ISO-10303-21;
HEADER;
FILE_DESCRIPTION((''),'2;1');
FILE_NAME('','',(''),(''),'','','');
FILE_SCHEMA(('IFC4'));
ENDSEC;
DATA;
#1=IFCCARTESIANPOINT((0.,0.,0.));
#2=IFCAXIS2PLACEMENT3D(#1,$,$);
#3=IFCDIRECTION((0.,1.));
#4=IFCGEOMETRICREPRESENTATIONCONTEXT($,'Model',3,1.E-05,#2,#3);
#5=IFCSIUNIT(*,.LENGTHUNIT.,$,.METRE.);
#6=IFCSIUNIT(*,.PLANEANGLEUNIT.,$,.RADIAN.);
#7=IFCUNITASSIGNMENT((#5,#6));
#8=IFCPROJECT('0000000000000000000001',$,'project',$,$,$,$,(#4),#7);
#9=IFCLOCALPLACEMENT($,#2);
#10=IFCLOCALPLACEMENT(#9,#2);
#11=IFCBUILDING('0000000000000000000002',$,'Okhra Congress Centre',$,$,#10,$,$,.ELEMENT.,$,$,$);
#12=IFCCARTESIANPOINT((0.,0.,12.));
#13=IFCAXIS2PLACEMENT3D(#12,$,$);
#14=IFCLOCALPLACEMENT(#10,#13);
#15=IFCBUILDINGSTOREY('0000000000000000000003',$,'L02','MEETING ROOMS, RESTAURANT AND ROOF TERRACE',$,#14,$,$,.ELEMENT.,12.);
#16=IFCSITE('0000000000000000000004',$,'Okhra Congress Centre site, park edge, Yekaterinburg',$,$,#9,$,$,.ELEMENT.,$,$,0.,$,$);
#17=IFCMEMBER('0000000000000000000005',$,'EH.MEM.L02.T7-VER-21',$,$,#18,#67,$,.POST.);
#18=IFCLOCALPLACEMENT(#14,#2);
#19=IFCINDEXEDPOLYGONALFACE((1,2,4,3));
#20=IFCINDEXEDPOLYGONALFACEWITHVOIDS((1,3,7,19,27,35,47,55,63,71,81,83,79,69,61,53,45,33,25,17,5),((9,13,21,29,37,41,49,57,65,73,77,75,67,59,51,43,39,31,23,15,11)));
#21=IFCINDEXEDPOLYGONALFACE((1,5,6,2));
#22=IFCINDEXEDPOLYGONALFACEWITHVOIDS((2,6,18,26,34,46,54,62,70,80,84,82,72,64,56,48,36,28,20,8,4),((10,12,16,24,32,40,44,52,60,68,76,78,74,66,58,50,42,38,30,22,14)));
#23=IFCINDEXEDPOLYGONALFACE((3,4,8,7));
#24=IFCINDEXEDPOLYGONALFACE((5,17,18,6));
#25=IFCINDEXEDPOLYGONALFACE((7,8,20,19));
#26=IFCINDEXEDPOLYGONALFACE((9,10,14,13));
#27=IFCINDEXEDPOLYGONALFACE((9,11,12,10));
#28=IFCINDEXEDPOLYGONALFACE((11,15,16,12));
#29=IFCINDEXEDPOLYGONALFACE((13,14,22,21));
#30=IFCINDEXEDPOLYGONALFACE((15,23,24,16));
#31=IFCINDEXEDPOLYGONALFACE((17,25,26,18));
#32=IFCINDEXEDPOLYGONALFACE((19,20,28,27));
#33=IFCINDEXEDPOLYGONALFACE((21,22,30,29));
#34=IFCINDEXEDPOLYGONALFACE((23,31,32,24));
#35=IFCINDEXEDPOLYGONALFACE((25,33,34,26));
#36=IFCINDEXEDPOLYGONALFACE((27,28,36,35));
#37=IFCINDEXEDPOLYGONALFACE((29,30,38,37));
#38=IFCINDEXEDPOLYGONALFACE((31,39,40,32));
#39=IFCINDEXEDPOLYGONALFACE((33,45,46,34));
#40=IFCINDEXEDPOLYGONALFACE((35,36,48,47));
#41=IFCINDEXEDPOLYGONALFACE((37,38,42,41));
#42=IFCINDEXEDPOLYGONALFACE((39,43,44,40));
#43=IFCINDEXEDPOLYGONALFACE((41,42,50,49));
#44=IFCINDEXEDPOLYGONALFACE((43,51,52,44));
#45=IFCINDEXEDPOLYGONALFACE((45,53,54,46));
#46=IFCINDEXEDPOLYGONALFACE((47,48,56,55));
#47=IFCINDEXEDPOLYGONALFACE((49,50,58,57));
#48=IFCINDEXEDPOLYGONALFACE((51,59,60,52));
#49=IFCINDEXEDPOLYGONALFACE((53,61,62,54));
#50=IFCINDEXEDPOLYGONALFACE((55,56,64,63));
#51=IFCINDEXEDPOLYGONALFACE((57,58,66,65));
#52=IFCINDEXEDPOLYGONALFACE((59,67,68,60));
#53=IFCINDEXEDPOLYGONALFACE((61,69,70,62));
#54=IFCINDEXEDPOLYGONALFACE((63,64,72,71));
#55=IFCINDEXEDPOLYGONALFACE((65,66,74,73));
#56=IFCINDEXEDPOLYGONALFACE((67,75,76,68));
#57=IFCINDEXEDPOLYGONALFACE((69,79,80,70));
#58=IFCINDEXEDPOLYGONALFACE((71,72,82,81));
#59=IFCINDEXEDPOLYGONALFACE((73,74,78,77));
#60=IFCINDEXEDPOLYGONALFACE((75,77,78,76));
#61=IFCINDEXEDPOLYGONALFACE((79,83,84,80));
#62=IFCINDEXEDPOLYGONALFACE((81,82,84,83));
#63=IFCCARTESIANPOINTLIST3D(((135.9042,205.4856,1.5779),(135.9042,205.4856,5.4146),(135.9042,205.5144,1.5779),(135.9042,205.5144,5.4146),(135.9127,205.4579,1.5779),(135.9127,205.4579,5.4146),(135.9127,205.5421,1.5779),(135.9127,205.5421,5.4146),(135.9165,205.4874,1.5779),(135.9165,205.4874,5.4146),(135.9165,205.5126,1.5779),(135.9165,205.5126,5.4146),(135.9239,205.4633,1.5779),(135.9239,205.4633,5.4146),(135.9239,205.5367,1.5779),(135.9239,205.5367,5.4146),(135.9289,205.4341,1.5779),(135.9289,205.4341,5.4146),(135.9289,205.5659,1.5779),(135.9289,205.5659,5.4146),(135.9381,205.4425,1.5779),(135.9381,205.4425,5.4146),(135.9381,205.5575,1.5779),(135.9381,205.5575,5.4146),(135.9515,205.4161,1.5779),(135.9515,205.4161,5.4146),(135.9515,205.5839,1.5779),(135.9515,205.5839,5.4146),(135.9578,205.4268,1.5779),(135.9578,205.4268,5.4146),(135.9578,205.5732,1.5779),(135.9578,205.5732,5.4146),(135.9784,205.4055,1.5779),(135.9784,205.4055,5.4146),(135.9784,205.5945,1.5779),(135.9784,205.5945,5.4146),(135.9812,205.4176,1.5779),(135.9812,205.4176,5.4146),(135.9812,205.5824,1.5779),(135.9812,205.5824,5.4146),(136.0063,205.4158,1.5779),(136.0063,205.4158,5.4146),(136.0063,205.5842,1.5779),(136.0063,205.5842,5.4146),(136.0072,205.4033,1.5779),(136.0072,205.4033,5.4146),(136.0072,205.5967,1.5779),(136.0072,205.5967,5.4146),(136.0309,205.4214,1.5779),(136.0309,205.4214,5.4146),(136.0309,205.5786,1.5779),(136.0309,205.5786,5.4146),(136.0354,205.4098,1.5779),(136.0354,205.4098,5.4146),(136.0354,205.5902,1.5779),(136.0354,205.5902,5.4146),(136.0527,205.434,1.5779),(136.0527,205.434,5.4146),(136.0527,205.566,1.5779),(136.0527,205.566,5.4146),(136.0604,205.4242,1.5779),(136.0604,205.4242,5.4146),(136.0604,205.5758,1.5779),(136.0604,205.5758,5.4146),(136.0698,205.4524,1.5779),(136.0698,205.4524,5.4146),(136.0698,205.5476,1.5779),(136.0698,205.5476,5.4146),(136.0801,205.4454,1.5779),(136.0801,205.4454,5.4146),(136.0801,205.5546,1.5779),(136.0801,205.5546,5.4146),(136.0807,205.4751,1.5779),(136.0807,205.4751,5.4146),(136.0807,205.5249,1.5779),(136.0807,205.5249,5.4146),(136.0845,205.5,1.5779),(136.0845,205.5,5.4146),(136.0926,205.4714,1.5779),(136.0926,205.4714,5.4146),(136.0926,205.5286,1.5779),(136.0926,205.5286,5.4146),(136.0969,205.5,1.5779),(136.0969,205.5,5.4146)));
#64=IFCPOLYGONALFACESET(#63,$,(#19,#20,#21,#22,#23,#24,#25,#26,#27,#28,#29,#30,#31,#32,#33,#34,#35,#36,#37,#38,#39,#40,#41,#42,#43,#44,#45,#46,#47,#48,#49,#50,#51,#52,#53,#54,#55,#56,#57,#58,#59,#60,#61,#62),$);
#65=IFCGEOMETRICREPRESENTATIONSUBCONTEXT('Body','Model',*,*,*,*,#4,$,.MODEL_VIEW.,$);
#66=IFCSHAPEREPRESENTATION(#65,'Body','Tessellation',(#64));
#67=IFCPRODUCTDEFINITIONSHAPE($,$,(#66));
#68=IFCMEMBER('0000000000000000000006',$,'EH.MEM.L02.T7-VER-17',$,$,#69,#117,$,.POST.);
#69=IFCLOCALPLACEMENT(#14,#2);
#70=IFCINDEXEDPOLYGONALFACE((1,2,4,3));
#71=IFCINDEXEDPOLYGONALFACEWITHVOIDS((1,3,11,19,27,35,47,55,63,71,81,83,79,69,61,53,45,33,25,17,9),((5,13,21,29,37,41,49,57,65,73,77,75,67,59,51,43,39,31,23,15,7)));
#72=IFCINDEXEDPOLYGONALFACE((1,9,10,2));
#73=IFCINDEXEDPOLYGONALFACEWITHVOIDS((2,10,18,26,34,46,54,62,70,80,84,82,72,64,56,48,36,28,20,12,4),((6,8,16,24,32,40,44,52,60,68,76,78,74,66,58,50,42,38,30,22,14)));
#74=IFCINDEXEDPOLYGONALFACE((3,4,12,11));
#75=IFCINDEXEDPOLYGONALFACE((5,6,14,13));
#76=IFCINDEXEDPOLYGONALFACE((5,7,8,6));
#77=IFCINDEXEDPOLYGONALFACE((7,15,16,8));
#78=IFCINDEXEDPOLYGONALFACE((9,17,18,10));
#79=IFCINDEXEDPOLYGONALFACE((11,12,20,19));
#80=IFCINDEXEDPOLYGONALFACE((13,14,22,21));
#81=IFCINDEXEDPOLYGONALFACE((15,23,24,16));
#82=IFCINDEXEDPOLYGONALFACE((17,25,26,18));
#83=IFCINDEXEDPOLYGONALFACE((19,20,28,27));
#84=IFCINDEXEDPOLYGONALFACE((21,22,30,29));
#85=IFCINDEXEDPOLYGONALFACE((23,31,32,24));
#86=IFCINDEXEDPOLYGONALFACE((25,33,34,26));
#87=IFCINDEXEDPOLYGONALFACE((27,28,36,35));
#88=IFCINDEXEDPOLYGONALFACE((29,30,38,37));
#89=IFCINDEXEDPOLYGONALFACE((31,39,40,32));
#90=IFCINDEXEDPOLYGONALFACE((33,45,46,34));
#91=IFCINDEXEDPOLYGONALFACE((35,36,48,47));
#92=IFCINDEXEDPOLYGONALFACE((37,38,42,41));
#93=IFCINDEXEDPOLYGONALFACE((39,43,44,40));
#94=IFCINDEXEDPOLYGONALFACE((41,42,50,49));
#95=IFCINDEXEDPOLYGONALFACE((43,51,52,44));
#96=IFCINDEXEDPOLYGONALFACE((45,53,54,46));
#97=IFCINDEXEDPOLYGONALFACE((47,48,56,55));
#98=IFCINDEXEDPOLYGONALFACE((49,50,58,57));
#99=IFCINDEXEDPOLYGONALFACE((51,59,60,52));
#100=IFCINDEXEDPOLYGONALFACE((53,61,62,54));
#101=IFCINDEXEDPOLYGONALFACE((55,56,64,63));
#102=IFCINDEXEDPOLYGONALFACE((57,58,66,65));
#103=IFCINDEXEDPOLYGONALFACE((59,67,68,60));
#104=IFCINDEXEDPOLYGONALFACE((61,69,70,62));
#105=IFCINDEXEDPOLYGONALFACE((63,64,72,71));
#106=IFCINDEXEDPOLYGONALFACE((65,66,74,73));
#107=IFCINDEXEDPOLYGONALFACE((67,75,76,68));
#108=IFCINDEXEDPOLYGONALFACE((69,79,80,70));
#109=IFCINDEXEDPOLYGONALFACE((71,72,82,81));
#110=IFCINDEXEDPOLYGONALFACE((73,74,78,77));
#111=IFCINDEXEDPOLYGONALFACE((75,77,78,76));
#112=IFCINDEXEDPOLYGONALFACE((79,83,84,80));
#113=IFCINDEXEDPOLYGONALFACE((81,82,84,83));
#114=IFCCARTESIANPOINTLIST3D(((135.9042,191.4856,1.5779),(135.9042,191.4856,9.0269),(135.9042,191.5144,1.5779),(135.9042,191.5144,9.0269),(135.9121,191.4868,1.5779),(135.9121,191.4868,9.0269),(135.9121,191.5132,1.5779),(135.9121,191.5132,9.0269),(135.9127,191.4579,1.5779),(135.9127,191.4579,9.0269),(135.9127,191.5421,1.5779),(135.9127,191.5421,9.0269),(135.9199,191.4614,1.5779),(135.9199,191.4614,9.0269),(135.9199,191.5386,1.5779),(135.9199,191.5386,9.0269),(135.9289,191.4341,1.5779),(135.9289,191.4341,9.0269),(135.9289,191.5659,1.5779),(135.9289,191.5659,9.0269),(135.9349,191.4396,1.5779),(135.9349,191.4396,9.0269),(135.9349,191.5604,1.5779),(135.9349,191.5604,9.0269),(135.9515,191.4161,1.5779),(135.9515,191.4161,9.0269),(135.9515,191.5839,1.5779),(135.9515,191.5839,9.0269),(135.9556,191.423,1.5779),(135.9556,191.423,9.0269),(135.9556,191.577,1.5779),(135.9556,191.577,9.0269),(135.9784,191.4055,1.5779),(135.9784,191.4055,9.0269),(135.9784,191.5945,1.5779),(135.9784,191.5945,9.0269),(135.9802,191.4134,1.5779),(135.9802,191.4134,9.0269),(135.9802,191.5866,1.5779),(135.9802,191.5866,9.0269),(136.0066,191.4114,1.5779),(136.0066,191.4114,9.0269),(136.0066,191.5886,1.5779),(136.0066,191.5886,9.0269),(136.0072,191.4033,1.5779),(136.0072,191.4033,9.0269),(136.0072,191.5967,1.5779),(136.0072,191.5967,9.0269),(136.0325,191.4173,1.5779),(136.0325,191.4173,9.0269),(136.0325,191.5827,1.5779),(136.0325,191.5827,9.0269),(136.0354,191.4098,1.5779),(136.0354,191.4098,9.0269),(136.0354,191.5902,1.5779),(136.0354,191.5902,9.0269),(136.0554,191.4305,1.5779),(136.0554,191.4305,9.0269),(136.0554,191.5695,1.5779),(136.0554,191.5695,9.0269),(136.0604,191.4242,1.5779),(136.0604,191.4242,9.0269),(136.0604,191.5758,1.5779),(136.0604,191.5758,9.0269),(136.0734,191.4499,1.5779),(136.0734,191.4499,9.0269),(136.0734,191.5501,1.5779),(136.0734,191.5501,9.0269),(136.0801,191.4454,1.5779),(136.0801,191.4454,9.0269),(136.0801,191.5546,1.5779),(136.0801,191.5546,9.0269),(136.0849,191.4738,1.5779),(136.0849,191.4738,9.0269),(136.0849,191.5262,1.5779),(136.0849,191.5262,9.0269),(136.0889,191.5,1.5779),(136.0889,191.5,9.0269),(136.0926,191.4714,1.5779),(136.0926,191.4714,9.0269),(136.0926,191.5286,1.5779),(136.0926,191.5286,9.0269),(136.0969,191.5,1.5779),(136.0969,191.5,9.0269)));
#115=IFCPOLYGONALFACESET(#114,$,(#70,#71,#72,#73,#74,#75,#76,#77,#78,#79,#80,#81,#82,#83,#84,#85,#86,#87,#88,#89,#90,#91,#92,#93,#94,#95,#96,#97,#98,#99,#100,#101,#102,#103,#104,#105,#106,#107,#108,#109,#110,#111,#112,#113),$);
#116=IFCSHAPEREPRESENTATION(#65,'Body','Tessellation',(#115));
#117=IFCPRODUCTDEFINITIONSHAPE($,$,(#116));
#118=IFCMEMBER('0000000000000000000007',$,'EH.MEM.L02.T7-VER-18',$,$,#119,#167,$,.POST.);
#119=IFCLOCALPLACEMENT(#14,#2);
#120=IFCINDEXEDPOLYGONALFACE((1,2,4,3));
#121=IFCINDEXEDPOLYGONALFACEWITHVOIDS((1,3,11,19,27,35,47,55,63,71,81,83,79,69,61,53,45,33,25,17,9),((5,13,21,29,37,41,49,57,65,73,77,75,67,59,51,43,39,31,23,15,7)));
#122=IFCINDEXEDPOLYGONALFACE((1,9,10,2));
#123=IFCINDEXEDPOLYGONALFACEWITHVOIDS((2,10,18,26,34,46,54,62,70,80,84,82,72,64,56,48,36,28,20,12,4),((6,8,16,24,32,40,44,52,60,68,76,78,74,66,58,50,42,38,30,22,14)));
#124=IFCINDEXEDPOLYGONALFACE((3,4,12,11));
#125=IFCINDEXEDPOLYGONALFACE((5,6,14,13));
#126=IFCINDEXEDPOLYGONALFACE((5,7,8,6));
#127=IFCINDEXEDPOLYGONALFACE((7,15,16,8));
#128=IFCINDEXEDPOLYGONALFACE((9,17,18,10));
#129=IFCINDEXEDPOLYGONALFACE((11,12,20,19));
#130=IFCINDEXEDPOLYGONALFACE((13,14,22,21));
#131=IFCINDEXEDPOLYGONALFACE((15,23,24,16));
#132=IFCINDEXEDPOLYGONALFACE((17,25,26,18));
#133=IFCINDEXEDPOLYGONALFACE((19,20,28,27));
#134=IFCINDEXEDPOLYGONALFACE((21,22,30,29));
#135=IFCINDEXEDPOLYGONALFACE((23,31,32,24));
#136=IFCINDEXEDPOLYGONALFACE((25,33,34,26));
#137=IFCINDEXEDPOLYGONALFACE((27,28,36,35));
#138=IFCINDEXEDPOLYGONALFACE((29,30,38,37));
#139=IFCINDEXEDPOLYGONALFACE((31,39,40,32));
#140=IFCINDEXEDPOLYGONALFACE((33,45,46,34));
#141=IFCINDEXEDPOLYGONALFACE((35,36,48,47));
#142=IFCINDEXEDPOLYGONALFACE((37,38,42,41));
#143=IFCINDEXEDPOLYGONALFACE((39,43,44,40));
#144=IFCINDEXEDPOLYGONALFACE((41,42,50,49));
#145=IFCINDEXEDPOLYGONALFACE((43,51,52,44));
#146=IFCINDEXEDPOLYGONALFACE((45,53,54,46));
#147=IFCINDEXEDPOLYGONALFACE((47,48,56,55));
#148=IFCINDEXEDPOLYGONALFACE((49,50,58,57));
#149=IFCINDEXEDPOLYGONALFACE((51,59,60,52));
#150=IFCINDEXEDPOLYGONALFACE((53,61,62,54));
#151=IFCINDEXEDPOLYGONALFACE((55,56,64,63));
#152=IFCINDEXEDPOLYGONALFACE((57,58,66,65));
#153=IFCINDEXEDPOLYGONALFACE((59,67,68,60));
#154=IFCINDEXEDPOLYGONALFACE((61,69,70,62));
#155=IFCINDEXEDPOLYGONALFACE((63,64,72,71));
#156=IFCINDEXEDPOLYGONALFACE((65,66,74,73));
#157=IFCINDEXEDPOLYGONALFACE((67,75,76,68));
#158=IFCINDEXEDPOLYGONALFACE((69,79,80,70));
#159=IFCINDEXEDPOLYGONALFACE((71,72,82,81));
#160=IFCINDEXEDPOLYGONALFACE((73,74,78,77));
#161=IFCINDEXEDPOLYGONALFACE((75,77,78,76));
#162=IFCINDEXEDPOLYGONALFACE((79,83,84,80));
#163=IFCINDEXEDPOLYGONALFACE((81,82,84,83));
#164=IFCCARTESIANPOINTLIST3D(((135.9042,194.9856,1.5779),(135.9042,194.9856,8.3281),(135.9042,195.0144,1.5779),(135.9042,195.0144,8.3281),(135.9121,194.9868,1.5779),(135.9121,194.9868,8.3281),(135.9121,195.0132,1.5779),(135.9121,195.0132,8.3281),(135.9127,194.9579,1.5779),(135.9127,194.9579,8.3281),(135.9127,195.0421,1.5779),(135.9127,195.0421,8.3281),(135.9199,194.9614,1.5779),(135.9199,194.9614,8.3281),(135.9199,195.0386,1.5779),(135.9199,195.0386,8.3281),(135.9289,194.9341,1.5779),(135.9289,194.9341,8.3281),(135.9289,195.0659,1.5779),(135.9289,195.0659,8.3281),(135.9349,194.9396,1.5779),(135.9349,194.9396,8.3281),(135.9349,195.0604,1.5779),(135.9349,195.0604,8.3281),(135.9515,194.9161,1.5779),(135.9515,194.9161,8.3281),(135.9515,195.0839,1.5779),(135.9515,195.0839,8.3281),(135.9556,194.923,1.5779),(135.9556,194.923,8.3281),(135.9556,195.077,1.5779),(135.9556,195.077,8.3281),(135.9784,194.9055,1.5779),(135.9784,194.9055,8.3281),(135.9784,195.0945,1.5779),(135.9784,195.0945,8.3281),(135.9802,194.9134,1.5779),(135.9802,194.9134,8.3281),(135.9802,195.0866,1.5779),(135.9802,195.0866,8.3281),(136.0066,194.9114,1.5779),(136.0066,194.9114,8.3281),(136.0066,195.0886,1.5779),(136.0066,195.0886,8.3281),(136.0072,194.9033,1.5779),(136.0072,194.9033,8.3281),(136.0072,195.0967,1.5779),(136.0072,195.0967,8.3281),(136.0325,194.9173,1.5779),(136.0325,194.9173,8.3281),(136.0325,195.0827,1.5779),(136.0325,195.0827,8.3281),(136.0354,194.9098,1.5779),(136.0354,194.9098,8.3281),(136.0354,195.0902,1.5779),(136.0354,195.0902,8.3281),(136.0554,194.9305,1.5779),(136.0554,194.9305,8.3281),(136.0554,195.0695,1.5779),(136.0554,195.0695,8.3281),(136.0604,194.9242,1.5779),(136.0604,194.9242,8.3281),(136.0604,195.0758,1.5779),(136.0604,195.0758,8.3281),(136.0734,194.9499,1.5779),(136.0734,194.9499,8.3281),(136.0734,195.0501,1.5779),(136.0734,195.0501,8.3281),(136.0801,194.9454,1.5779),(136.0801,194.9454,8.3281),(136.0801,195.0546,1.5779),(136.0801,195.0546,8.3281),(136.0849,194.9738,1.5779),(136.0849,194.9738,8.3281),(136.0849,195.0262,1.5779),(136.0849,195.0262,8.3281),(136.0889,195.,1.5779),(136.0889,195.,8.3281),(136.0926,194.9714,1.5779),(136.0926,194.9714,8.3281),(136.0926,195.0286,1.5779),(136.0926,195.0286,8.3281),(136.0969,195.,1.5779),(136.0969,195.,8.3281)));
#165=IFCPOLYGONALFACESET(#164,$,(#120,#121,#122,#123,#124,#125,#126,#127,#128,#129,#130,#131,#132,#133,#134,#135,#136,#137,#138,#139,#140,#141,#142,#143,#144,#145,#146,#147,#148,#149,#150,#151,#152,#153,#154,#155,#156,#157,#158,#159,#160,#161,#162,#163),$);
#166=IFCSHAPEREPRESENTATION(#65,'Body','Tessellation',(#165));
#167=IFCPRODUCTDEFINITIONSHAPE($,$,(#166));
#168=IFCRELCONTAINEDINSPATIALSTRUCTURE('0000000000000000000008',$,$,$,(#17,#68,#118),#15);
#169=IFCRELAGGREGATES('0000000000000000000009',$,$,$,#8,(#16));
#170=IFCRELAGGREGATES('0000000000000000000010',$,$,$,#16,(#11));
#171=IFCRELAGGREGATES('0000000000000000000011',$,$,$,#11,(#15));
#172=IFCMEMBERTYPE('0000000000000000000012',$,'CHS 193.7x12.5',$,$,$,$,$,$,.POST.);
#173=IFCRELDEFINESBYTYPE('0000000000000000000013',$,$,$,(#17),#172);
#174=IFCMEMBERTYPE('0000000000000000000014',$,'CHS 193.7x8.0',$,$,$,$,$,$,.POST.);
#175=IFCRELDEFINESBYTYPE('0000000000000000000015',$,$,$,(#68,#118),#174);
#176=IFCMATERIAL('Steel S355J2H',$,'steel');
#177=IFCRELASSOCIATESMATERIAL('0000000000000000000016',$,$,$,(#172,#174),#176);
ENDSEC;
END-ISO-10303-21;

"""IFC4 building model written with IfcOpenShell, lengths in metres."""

from ifc_helpers import new_model, si_unit, direction, frame, origin, origin_2d, place, context, subcontext, project, spatial, hollow_circle, extrude, material, material_profile, profile_set, type_object, element, save


model = new_model("IFC4")

# Units and contexts
model_context = context("Model", 3, precision=1e-05, world=origin(), true_north=direction((0.0, 1.0)))
body_context = subcontext(model_context, "Body", "Model", "MODEL_VIEW")
ifc_project = project(units=[si_unit("LENGTHUNIT", "METRE"), si_unit("PLANEANGLEUNIT", "RADIAN")], contexts=[model_context])

# Site, building, storey
site_placement = place(None, origin())
site = spatial("IfcSite", under=ifc_project, at=site_placement, Name="Okhra Congress Centre site, park edge, Yekaterinburg", CompositionType="ELEMENT", RefElevation=0.0)
building_placement = place(site_placement, origin())
building = spatial("IfcBuilding", under=site, at=building_placement, Name="Okhra Congress Centre", CompositionType="ELEMENT")
storey_placement = place(building_placement, frame((0.0, 0.0, 12.0)))
storey = spatial("IfcBuildingStorey", under=building, at=storey_placement, Name="L02", Description="MEETING ROOMS, RESTAURANT AND ROOF TERRACE", CompositionType="ELEMENT", Elevation=12.0)

# Members
ifc_material_1 = material(Name="Steel S355J2H", Category="steel")
ifc_material_profile_1 = material_profile(ifc_material_1, hollow_circle(Radius=0.0969, WallThickness=0.0125, at=origin_2d()), Name="CHS 193.7x12.5")
ifc_profile_set_1 = profile_set([ifc_material_profile_1], Name="Steel S355J2H")
member_type_1 = type_object("IfcMemberType", Name="CHS 193.7x12.5", PredefinedType="POST", material=ifc_profile_set_1)
member_1_placement = place(storey_placement, frame((136.0, 205.5, 1.5779), z_axis=(0.0, 0.0, 1.0), x_axis=(1.0, 0.0, 0.0)))
element("IfcMember", 1, at=member_1_placement, inside=storey, type_object=member_type_1, Name="EH.MEM.L02.T7-VER-21", PredefinedType="POST", context=body_context, shape_type="SweptSolid", body=[
    extrude(hollow_circle(Radius=0.0969, WallThickness=0.0125, at=origin_2d()), origin(), (0.0, 0.0, 1.0), 3.8367),
])
ifc_material_profile_2 = material_profile(ifc_material_1, hollow_circle(Radius=0.0969, WallThickness=0.0081, at=origin_2d()), Name="CHS 193.7x8.0")
ifc_profile_set_2 = profile_set([ifc_material_profile_2], Name="Steel S355J2H")
member_type_2 = type_object("IfcMemberType", Name="CHS 193.7x8.0", PredefinedType="POST", material=ifc_profile_set_2)
member_2_placement = place(storey_placement, frame((136.0, 191.5, 1.5779), z_axis=(0.0, 0.0, 1.0), x_axis=(1.0, 0.0, 0.0)))
element("IfcMember", 2, at=member_2_placement, inside=storey, type_object=member_type_2, Name="EH.MEM.L02.T7-VER-17", PredefinedType="POST", context=body_context, shape_type="SweptSolid", body=[
    extrude(hollow_circle(Radius=0.0969, WallThickness=0.0081, at=origin_2d()), origin(), (0.0, 0.0, 1.0), 7.449),
])
member_3_placement = place(storey_placement, frame((136.0, 195.0, 1.5779), z_axis=(0.0, 0.0, 1.0), x_axis=(1.0, 0.0, 0.0)))
element("IfcMember", 3, at=member_3_placement, inside=storey, type_object=member_type_2, Name="EH.MEM.L02.T7-VER-18", PredefinedType="POST", context=body_context, shape_type="SweptSolid", body=[
    extrude(hollow_circle(Radius=0.0969, WallThickness=0.0081, at=origin_2d()), origin(), (0.0, 0.0, 1.0), 6.7502),
])

save(model, "model.ifc")
